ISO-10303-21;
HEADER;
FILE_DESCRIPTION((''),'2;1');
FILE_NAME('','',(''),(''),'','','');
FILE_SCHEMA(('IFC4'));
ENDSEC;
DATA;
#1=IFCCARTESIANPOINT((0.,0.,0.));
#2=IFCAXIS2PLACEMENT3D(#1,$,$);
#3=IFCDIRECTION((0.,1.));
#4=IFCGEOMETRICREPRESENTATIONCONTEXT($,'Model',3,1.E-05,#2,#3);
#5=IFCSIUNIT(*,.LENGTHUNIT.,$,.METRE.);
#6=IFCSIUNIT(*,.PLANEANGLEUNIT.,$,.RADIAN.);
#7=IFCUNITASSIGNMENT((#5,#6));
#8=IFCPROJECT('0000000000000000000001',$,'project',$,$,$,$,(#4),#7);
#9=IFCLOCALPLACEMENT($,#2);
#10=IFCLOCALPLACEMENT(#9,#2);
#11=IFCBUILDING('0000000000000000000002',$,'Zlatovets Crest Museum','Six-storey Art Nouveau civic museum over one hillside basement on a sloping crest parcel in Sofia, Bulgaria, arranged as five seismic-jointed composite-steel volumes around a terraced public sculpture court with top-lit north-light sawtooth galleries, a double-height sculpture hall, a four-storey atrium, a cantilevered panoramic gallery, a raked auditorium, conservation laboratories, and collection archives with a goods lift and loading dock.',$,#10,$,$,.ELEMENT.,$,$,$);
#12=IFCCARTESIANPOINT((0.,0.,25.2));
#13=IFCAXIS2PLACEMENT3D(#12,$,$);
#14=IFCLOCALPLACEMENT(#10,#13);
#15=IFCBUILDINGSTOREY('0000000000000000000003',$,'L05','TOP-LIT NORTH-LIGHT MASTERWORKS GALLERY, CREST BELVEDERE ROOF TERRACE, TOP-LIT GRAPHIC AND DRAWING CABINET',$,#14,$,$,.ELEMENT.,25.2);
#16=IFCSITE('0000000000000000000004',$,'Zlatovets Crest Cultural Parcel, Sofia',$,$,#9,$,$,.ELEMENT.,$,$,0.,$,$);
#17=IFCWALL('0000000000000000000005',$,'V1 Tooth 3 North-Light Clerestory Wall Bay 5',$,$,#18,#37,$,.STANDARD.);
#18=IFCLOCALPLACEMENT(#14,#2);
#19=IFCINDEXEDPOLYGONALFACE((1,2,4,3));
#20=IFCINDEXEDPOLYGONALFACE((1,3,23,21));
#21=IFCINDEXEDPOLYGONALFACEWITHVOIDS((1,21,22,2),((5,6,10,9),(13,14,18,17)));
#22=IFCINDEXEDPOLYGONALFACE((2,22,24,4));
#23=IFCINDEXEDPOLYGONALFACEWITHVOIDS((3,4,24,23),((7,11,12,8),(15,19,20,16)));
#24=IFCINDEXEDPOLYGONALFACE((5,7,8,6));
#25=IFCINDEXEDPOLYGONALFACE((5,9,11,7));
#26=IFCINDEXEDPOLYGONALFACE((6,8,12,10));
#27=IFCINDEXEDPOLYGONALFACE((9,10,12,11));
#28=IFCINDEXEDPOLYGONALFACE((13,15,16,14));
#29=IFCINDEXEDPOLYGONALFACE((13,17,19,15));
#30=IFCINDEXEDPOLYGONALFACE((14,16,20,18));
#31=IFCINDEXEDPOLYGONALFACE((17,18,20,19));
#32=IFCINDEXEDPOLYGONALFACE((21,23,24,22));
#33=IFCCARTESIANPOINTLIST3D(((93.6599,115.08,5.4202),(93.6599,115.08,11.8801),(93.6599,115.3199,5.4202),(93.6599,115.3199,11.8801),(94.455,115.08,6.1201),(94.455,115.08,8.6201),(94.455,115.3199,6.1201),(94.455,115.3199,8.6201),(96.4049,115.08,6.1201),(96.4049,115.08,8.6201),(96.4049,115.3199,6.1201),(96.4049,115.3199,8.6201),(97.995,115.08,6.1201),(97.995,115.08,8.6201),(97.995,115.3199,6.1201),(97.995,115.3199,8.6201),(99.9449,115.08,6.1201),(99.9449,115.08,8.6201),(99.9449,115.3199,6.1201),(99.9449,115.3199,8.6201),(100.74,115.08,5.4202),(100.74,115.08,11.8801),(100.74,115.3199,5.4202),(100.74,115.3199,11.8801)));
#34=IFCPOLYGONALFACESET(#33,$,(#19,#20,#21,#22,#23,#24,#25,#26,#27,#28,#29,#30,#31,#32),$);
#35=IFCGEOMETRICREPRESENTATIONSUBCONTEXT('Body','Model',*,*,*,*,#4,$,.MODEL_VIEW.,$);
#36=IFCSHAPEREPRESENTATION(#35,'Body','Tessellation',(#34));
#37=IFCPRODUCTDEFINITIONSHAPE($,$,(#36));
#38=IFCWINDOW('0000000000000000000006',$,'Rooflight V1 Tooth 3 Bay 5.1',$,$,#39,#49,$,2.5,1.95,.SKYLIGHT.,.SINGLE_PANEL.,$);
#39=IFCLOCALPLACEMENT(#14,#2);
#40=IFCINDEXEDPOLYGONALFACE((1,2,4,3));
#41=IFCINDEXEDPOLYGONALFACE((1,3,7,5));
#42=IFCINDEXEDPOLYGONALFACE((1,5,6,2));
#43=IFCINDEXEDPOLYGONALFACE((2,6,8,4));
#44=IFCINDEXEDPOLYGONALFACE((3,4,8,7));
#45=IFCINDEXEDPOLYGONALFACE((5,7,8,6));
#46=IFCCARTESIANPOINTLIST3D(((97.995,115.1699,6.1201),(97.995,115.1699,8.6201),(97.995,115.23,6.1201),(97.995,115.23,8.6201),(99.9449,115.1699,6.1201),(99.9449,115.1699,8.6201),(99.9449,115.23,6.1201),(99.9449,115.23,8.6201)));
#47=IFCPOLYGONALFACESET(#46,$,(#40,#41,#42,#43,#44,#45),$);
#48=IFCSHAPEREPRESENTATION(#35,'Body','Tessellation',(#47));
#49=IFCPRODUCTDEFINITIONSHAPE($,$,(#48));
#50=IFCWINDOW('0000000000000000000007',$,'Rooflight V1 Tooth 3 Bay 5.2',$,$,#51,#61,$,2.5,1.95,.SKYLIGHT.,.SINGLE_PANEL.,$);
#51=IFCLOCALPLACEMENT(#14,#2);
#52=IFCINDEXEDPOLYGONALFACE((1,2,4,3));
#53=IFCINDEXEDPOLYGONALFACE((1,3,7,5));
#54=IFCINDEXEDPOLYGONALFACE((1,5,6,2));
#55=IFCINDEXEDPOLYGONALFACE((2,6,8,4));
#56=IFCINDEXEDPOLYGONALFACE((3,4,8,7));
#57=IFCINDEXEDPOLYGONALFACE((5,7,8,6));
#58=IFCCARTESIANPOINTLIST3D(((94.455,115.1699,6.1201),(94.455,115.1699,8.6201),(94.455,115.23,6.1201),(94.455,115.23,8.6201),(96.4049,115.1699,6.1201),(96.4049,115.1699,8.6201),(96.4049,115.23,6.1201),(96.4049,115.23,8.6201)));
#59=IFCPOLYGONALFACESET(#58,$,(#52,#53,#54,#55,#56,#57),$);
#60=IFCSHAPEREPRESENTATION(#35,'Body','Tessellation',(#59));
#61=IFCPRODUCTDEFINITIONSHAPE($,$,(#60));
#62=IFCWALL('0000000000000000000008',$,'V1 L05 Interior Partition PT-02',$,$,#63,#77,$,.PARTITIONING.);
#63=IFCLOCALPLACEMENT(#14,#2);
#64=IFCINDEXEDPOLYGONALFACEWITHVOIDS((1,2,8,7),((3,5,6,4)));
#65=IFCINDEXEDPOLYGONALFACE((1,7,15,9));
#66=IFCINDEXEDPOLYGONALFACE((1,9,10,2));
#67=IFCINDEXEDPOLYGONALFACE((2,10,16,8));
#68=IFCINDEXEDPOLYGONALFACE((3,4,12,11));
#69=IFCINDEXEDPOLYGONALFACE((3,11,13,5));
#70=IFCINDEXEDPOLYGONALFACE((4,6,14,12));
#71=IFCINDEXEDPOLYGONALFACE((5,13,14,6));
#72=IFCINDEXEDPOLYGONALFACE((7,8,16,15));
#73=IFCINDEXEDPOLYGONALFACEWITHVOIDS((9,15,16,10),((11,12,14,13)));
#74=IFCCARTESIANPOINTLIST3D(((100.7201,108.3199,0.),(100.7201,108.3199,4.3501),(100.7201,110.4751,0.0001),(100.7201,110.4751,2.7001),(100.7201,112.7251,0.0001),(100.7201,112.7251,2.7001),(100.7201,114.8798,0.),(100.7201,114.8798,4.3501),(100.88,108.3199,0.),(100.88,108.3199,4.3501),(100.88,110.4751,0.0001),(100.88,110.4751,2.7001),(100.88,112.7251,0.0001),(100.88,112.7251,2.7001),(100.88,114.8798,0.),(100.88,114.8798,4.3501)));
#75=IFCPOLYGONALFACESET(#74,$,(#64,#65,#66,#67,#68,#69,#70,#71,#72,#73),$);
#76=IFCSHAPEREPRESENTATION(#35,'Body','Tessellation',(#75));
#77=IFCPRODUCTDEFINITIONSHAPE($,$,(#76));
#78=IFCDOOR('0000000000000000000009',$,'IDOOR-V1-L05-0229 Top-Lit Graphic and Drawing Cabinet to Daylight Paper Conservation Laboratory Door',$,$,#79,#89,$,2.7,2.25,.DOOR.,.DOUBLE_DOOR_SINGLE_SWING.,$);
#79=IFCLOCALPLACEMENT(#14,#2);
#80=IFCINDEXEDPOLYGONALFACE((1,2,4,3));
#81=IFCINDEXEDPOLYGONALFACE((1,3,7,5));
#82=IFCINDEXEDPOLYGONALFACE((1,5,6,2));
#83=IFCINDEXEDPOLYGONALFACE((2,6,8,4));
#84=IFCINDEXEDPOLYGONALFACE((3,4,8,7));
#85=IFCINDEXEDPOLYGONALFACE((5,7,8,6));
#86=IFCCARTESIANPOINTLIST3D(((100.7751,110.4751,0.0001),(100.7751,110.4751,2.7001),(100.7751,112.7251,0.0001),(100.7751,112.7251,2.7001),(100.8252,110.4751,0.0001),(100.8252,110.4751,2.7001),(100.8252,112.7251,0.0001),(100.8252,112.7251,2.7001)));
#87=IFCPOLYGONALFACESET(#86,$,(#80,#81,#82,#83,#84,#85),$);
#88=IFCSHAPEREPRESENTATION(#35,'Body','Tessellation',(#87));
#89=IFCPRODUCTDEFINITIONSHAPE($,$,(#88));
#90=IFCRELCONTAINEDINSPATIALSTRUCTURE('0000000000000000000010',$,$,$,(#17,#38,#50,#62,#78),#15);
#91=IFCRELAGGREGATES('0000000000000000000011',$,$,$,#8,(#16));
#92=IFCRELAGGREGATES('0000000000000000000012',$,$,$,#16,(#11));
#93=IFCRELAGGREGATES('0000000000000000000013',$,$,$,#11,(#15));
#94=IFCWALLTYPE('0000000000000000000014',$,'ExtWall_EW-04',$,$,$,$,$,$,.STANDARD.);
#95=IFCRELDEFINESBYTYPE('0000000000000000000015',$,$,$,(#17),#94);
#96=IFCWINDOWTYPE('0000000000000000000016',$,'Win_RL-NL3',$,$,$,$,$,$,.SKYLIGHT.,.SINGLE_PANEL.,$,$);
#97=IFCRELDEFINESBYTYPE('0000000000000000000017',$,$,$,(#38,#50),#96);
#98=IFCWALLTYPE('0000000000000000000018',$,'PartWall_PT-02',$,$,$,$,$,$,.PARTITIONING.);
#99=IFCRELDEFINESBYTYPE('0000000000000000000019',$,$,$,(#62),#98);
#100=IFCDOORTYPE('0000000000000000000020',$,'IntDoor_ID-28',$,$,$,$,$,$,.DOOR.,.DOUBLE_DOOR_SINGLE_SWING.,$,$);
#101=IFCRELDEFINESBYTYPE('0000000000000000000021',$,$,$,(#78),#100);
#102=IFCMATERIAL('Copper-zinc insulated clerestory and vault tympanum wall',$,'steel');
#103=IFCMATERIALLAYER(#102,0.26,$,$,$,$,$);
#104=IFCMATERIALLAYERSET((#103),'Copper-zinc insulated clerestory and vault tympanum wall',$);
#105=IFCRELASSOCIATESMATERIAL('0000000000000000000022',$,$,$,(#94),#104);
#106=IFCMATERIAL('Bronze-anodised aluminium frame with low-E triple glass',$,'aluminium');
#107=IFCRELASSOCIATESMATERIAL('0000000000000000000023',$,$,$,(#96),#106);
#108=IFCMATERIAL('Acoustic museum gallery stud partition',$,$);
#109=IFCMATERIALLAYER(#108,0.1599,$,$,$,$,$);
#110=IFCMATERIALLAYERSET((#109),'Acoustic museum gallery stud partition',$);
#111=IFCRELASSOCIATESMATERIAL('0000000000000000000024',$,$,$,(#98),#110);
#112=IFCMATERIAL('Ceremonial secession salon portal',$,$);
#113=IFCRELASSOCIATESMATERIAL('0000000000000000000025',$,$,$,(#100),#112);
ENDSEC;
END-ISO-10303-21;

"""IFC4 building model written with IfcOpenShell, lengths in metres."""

from ifc_helpers import new_model, si_unit, direction, frame, frame_2d, origin, place, context, subcontext, project, spatial, rectangle, extrude, material, layer, layer_set, type_object, element, fill, save


model = new_model("IFC4")

# Units and contexts
model_context = context("Model", 3, precision=1e-05, world=origin(), true_north=direction((0.0, 1.0)))
body_context = subcontext(model_context, "Body", "Model", "MODEL_VIEW")
ifc_project = project(units=[si_unit("LENGTHUNIT", "METRE"), si_unit("PLANEANGLEUNIT", "RADIAN")], contexts=[model_context])

# Site, building, storey
site_placement = place(None, origin())
site = spatial("IfcSite", under=ifc_project, at=site_placement, Name="Zlatovets Crest Cultural Parcel, Sofia", CompositionType="ELEMENT", RefElevation=0.0)
building_placement = place(site_placement, origin())
building = spatial("IfcBuilding", under=site, at=building_placement, Name="Zlatovets Crest Museum", Description="Six-storey Art Nouveau civic museum over one hillside basement on a sloping crest parcel in Sofia, Bulgaria, arranged as five seismic-jointed composite-steel volumes around a terraced public sculpture court with top-lit north-light sawtooth galleries, a double-height sculpture hall, a four-storey atrium, a cantilevered panoramic gallery, a raked auditorium, conservation laboratories, and collection archives with a goods lift and loading dock.", CompositionType="ELEMENT")
storey_placement = place(building_placement, frame((0.0, 0.0, 25.2)))
storey = spatial("IfcBuildingStorey", under=building, at=storey_placement, Name="L05", Description="TOP-LIT NORTH-LIGHT MASTERWORKS GALLERY, CREST BELVEDERE ROOF TERRACE, TOP-LIT GRAPHIC AND DRAWING CABINET", CompositionType="ELEMENT", Elevation=25.2)

# Wall, openings, windows
ifc_material_1 = material(Name="Copper-zinc insulated clerestory and vault tympanum wall", Category="steel")
ifc_layer_1 = layer(ifc_material_1, 0.26)
ifc_layer_set_1 = layer_set([ifc_layer_1], Name="Copper-zinc insulated clerestory and vault tympanum wall")
wall_type_1 = type_object("IfcWallType", Name="ExtWall_EW-04", PredefinedType="STANDARD", material=ifc_layer_set_1)
ifc_material_2 = material(Name="Bronze-anodised aluminium frame with low-E triple glass", Category="aluminium")
wall_1_placement = place(storey_placement, frame((100.74, 115.2, 5.4202), z_axis=(0.0, 0.0, 1.0), x_axis=(-1.0, 0.0, 0.0)))
wall_1 = element("IfcWall", 1, at=wall_1_placement, inside=storey, type_object=wall_type_1, Name="V1 Tooth 3 North-Light Clerestory Wall Bay 5", PredefinedType="STANDARD", context=body_context, shape_type="SweptSolid", body=[
    extrude(rectangle(XDim=7.0801, YDim=0.24, at=frame_2d((3.54, 0.0))), origin(), (0.0, 0.0, 1.0), 6.46),
])
opening_1_placement = place(wall_1_placement, frame((0.7949, 0.0, 0.7)))
opening_1 = element("IfcOpeningElement", 2, at=opening_1_placement, cuts=wall_1, PredefinedType="OPENING", context=body_context, shape_type="SweptSolid", body=[
    extrude(rectangle(XDim=1.95, YDim=2.5, at=frame_2d((0.9751, 1.25))), frame((0.0, 0.1299, 0.0), z_axis=(0.0, -1.0, 0.0), x_axis=(1.0, 0.0, 0.0)), (0.0, 0.0, 1.0), 0.26),
])
opening_2_placement = place(wall_1_placement, frame((4.335, 0.0, 0.7)))
opening_2 = element("IfcOpeningElement", 3, at=opening_2_placement, cuts=wall_1, PredefinedType="OPENING", context=body_context, shape_type="SweptSolid", body=[
    extrude(rectangle(XDim=1.95, YDim=2.5, at=frame_2d((0.9751, 1.25))), frame((0.0, 0.1299, 0.0), z_axis=(0.0, -1.0, 0.0), x_axis=(1.0, 0.0, 0.0)), (0.0, 0.0, 1.0), 0.26),
])
window_type_1 = type_object("IfcWindowType", Name="Win_RL-NL3", PartitioningType="SINGLE_PANEL", PredefinedType="SKYLIGHT", material=ifc_material_2)
window_1_placement = place(opening_1_placement, origin())
window_1 = element("IfcWindow", 4, at=window_1_placement, inside=storey, type_object=window_type_1, Name="Rooflight V1 Tooth 3 Bay 5.1", OverallHeight=2.5, OverallWidth=1.95, PartitioningType="SINGLE_PANEL", PredefinedType="SKYLIGHT", context=body_context, shape_type="SweptSolid", body=[
    extrude(rectangle(XDim=1.95, YDim=2.5, at=frame_2d((0.9751, 1.25))), frame((0.0, 0.03, 0.0), z_axis=(0.0, -1.0, 0.0), x_axis=(1.0, 0.0, 0.0)), (0.0, 0.0, 1.0), 0.0601),
])
fill(opening_1, window_1)
window_2_placement = place(opening_2_placement, origin())
window_2 = element("IfcWindow", 5, at=window_2_placement, inside=storey, type_object=window_type_1, Name="Rooflight V1 Tooth 3 Bay 5.2", OverallHeight=2.5, OverallWidth=1.95, PartitioningType="SINGLE_PANEL", PredefinedType="SKYLIGHT", context=body_context, shape_type="SweptSolid", body=[
    extrude(rectangle(XDim=1.95, YDim=2.5, at=frame_2d((0.9751, 1.25))), frame((0.0, 0.03, 0.0), z_axis=(0.0, -1.0, 0.0), x_axis=(1.0, 0.0, 0.0)), (0.0, 0.0, 1.0), 0.0601),
])
fill(opening_2, window_2)

# Wall, opening, door
ifc_material_3 = material(Name="Acoustic museum gallery stud partition")
ifc_layer_2 = layer(ifc_material_3, 0.1599)
ifc_layer_set_2 = layer_set([ifc_layer_2], Name="Acoustic museum gallery stud partition")
wall_type_2 = type_object("IfcWallType", Name="PartWall_PT-02", PredefinedType="PARTITIONING", material=ifc_layer_set_2)
wall_2_placement = place(storey_placement, frame((100.8, 108.3201, 0.0), z_axis=(0.0, 0.0, 1.0), x_axis=(0.0, 1.0, 0.0)))
wall_2 = element("IfcWall", 6, at=wall_2_placement, inside=storey, type_object=wall_type_2, Name="V1 L05 Interior Partition PT-02", PredefinedType="PARTITIONING", context=body_context, shape_type="SweptSolid", body=[
    extrude(rectangle(XDim=6.5598, YDim=0.1599, at=frame_2d((3.2798, 0.0))), origin(), (0.0, 0.0, 1.0), 4.3501),
])
opening_3_placement = place(wall_2_placement, frame((2.155, 0.0, 0.0)))
opening_3 = element("IfcOpeningElement", 7, at=opening_3_placement, cuts=wall_2, PredefinedType="OPENING", context=body_context, shape_type="SweptSolid", body=[
    extrude(rectangle(XDim=2.25, YDim=2.7, at=frame_2d((1.125, 1.3501))), frame((0.0, 0.0898, 0.0), z_axis=(0.0, -1.0, 0.0), x_axis=(1.0, 0.0, 0.0)), (0.0, 0.0, 1.0), 0.1799),
])
ifc_material_4 = material(Name="Ceremonial secession salon portal")
door_type = type_object("IfcDoorType", Name="IntDoor_ID-28", OperationType="DOUBLE_DOOR_SINGLE_SWING", PredefinedType="DOOR", material=ifc_material_4)
door_placement = place(opening_3_placement, origin())
door = element("IfcDoor", 8, at=door_placement, inside=storey, type_object=door_type, Name="IDOOR-V1-L05-0229 Top-Lit Graphic and Drawing Cabinet to Daylight Paper Conservation Laboratory Door", OperationType="DOUBLE_DOOR_SINGLE_SWING", OverallHeight=2.7, OverallWidth=2.25, PredefinedType="DOOR", context=body_context, shape_type="SweptSolid", body=[
    extrude(rectangle(XDim=2.25, YDim=2.7, at=frame_2d((1.125, 1.3501))), frame((0.0, 0.0249, 0.0), z_axis=(0.0, -1.0, 0.0), x_axis=(1.0, 0.0, 0.0)), (0.0, 0.0, 1.0), 0.05),
])
fill(opening_3, door)

save(model, "model.ifc")
